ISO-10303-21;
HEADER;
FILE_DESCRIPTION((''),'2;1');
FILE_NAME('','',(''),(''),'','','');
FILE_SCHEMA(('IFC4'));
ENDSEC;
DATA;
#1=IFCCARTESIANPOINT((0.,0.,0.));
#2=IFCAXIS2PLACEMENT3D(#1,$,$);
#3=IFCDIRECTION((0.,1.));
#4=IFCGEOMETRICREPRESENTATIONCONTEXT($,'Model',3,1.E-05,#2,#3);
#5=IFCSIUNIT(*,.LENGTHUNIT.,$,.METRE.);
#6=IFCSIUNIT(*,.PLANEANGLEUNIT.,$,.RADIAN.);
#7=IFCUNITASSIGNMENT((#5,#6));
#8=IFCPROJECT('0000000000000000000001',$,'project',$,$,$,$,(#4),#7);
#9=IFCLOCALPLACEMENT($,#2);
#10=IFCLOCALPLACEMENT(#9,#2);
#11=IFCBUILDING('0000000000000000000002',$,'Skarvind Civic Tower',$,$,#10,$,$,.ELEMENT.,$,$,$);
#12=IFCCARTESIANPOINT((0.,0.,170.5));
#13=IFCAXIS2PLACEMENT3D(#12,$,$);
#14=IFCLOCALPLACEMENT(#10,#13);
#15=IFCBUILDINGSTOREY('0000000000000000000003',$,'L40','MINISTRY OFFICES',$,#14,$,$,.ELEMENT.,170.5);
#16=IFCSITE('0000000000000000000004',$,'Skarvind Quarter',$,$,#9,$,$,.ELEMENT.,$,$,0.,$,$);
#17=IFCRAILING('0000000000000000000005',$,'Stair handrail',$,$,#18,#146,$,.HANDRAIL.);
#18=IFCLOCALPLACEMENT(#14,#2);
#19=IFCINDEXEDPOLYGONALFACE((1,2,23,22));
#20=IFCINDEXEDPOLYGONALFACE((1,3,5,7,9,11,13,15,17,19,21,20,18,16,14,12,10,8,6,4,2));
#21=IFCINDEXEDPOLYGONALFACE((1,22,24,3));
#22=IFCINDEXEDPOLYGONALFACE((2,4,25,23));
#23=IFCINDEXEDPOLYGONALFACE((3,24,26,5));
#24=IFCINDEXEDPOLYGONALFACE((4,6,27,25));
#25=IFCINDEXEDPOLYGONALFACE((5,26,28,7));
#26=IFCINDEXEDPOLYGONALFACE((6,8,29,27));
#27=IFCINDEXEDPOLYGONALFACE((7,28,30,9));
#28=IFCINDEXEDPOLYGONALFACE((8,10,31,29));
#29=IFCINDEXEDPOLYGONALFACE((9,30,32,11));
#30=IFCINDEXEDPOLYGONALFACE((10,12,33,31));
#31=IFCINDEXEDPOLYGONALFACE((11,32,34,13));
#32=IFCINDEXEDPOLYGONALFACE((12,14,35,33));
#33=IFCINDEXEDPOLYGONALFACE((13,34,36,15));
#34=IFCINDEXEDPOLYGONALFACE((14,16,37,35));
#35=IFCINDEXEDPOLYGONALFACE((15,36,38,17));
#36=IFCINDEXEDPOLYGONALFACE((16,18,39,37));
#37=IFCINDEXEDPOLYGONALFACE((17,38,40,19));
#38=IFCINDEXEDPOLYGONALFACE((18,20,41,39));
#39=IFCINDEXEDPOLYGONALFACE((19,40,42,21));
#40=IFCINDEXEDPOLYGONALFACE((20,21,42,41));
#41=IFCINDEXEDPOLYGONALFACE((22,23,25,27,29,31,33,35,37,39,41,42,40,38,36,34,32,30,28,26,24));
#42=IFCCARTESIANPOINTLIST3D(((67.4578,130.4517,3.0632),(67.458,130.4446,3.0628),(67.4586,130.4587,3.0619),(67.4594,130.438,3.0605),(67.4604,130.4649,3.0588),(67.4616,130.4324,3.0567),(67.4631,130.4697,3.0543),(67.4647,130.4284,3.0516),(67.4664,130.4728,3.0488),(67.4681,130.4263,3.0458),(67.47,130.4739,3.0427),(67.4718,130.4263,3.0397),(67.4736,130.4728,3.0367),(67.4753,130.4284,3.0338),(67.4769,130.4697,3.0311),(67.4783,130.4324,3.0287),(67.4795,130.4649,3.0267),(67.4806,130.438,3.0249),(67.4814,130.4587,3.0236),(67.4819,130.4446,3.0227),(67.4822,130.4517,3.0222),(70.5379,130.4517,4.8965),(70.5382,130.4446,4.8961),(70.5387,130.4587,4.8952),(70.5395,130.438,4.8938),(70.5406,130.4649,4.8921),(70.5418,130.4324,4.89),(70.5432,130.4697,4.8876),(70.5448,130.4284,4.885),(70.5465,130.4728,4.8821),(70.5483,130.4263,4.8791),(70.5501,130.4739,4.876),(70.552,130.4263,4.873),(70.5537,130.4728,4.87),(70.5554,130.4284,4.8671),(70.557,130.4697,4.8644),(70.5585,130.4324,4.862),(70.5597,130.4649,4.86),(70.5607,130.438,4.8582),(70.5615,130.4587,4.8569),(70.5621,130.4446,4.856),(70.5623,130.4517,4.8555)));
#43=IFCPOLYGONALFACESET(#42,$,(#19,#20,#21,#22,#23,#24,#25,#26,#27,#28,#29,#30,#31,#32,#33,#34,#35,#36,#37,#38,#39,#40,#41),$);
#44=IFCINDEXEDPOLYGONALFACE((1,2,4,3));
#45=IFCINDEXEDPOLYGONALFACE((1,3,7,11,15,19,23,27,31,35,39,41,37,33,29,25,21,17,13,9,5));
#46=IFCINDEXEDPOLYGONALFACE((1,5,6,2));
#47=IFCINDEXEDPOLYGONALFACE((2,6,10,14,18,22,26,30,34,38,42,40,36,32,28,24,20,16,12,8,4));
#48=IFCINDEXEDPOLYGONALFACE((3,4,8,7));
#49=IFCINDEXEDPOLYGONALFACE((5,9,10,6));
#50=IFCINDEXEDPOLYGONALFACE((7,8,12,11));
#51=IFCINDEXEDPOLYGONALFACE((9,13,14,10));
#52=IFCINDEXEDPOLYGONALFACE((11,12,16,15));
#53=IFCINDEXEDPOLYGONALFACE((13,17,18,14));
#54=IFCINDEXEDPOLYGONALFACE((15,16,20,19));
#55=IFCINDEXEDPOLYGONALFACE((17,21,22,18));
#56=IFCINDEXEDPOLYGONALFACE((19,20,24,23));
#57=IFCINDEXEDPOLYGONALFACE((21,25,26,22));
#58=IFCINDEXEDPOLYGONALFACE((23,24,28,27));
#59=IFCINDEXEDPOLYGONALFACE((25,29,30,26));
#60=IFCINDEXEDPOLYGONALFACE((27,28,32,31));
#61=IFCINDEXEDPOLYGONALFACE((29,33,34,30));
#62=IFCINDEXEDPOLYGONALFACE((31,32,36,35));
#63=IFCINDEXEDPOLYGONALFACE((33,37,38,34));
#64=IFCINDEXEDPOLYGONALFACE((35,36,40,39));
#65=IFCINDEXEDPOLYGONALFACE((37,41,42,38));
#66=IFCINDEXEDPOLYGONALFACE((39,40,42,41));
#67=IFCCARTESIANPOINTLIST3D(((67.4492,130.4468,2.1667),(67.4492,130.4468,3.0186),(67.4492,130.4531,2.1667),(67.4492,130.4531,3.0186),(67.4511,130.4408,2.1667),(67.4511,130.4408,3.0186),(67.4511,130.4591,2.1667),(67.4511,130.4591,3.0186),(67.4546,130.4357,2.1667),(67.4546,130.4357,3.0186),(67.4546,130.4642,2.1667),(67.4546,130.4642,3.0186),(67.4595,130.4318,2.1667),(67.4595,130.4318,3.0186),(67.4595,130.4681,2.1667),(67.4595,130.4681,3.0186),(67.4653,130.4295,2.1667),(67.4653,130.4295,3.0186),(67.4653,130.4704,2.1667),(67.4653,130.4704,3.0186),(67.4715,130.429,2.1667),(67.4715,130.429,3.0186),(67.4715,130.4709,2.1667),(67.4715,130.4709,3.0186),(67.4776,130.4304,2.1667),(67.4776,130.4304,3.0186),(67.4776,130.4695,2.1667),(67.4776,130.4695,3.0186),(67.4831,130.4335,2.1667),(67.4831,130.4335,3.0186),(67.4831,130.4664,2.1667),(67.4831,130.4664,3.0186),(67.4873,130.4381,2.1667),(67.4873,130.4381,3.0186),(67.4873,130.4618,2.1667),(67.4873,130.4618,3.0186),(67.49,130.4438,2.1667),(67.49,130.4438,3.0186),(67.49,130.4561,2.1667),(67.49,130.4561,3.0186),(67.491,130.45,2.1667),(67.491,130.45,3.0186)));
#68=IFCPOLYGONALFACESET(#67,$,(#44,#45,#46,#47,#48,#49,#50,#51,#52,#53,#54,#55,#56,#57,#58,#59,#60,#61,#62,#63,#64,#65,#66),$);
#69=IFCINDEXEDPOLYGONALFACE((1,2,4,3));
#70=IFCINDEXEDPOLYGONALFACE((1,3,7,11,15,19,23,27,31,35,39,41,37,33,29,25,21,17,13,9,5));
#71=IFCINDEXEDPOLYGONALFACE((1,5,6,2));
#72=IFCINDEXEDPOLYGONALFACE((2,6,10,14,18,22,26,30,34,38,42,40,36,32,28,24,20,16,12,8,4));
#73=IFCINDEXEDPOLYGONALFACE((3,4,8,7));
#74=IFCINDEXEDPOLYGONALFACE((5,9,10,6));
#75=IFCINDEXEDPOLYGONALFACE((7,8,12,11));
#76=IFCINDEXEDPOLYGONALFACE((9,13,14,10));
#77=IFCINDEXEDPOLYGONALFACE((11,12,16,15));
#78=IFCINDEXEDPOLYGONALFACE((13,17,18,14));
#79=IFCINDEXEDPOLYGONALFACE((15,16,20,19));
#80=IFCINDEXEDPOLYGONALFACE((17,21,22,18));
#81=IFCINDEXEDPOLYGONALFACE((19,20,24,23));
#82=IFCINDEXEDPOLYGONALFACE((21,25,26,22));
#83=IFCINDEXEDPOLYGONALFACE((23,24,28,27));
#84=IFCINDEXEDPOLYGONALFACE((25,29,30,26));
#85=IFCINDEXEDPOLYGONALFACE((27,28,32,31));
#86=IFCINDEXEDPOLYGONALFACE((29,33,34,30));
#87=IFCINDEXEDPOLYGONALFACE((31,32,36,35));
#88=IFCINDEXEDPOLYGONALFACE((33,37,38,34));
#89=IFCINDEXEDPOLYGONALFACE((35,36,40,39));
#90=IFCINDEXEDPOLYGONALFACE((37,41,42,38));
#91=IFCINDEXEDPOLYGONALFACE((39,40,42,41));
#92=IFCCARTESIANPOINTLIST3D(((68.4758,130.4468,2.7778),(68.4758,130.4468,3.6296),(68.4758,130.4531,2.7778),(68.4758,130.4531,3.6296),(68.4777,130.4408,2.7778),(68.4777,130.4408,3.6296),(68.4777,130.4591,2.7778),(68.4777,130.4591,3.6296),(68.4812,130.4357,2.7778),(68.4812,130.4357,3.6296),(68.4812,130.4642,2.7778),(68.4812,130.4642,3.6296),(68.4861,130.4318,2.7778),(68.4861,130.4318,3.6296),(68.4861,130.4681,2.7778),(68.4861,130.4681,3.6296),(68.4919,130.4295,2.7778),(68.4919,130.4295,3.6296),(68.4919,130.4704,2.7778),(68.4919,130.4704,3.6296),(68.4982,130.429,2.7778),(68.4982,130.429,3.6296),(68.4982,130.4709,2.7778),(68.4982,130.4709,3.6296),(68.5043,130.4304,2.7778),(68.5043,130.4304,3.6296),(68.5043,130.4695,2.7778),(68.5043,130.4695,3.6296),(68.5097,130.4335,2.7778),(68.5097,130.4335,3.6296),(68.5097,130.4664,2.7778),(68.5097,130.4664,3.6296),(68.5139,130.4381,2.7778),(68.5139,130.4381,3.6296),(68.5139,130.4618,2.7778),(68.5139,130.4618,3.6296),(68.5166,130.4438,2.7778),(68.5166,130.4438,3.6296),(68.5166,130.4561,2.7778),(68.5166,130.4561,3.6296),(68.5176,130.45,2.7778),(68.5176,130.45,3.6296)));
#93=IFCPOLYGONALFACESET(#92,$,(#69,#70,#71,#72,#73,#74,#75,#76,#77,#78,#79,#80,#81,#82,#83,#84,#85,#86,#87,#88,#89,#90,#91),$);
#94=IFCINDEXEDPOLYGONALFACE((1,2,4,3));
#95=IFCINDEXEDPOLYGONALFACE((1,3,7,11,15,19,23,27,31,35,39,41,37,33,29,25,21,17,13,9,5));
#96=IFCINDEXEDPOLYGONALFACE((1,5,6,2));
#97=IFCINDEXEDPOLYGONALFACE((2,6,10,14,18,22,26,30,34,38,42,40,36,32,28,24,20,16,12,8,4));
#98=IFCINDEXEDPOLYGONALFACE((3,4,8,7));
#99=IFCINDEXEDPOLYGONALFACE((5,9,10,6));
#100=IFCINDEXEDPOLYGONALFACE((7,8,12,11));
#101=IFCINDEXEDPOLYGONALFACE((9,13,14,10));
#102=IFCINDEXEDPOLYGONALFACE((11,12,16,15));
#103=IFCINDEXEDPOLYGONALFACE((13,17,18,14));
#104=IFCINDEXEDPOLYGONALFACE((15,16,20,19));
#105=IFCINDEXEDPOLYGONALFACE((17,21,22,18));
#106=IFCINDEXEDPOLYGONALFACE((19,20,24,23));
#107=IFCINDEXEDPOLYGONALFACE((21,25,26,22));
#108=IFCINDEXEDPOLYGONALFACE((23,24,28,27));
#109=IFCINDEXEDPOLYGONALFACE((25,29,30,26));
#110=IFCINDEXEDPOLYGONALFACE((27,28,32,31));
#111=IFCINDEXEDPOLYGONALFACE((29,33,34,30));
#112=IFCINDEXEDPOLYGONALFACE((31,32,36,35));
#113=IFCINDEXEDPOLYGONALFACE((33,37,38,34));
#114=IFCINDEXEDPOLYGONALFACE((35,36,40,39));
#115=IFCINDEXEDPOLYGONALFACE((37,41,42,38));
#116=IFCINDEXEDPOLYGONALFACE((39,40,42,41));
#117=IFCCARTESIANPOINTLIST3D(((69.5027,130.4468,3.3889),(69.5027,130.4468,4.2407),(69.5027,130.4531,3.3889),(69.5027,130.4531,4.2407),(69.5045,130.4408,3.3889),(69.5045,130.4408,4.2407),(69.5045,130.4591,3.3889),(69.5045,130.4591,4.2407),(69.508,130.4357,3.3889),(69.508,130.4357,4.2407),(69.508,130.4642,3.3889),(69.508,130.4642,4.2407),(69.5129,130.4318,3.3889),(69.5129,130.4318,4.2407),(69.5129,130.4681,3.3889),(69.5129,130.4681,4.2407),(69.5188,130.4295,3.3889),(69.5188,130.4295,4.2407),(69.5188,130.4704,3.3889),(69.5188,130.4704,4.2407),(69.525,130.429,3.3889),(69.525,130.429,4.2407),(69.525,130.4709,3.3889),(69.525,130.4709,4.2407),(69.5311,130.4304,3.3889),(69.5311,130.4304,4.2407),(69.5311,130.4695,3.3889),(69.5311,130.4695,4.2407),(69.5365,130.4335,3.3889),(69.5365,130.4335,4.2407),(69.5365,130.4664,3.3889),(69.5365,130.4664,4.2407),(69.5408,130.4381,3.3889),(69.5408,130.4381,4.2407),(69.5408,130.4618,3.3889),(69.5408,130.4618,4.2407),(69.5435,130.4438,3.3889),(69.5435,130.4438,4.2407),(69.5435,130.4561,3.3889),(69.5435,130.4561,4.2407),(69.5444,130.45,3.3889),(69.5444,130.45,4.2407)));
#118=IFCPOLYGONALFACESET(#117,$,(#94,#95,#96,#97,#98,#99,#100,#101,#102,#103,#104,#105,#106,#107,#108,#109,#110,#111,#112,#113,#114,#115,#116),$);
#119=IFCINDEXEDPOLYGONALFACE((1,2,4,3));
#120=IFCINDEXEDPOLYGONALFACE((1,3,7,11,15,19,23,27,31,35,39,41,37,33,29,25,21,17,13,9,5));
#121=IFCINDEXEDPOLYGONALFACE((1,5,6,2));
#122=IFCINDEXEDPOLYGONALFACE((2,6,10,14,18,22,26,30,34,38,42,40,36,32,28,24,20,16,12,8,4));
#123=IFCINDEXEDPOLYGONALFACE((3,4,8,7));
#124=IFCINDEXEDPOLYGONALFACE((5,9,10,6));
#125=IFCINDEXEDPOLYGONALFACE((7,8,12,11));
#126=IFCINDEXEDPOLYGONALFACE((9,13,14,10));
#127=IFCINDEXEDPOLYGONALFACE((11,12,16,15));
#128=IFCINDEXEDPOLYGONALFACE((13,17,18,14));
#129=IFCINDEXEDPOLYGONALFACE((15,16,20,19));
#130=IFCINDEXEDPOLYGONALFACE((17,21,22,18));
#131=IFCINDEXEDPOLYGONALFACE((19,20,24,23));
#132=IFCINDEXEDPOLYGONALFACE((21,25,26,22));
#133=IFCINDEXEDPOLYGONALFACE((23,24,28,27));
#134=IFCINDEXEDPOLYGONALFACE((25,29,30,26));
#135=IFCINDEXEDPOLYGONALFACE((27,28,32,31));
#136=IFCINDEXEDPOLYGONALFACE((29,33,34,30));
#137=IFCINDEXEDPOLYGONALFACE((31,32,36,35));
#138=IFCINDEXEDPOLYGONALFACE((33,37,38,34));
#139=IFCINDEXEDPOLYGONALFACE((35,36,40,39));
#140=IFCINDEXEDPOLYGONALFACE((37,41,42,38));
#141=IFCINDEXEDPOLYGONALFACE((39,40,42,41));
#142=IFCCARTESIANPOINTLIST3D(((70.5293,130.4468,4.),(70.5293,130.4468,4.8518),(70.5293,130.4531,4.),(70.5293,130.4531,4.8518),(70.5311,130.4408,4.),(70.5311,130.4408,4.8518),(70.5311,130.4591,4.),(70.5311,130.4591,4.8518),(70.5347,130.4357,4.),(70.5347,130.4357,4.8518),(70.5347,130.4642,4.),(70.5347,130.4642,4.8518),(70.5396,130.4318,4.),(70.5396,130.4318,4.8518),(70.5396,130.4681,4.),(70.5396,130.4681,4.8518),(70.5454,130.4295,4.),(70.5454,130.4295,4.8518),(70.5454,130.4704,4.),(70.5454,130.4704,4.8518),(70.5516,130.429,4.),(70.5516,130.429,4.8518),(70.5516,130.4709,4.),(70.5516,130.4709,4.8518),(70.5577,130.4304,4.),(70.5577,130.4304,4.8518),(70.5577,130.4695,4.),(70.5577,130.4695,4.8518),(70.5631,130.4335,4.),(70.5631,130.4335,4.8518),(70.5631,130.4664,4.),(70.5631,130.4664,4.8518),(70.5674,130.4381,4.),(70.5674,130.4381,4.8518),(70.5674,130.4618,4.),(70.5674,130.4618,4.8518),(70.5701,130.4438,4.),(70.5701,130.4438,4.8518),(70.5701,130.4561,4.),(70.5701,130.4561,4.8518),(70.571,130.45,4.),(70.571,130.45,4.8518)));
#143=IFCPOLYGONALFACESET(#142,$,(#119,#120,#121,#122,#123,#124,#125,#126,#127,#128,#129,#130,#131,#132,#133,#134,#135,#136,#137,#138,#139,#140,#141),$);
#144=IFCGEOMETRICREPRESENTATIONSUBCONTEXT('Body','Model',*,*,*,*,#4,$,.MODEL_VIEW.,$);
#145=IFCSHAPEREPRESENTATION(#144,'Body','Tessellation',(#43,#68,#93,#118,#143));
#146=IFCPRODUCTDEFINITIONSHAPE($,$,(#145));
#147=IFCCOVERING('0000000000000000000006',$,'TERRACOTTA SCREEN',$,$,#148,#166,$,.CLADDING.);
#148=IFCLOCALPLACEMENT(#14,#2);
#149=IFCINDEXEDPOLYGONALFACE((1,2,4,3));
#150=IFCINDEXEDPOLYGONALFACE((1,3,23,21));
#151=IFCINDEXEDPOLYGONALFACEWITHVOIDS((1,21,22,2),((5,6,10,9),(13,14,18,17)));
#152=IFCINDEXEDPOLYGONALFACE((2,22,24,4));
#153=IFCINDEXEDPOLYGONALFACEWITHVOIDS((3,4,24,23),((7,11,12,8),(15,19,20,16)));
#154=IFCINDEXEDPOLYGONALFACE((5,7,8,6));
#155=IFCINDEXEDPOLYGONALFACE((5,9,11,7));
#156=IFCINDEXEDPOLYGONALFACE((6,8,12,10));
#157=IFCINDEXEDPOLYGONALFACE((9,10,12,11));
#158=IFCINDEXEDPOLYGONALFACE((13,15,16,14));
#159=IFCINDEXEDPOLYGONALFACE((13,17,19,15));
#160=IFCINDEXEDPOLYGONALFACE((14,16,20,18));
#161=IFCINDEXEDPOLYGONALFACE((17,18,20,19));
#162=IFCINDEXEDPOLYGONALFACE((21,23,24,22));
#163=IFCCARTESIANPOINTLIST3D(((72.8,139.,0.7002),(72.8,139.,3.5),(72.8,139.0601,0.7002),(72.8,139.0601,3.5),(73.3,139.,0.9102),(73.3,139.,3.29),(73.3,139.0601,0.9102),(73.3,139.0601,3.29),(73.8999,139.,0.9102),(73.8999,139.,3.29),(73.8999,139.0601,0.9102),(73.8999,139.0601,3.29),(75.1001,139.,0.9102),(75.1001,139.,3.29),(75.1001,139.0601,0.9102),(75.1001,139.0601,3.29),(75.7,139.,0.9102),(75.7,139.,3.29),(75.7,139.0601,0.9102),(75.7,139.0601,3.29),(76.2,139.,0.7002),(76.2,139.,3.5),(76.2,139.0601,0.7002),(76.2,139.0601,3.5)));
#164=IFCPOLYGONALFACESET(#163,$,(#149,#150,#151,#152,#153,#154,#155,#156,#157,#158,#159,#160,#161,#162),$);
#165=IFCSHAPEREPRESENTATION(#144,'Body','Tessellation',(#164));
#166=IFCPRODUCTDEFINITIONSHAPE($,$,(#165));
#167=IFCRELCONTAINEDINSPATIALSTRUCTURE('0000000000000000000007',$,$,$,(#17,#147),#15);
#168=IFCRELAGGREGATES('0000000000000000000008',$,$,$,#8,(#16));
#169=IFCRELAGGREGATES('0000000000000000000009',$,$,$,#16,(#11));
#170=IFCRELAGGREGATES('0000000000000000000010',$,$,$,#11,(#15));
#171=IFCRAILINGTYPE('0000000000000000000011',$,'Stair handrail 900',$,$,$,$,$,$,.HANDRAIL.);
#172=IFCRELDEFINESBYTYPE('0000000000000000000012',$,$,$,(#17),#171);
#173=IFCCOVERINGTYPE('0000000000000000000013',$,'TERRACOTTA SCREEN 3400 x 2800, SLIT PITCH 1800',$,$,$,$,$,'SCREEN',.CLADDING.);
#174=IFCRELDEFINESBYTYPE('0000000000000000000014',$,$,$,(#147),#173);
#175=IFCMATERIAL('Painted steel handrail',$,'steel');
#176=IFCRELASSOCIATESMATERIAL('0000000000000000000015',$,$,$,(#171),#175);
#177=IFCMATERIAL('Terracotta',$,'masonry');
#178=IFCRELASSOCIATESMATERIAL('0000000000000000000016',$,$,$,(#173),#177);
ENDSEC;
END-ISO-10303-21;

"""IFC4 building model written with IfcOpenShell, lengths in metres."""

from ifc_helpers import new_model, si_unit, direction, frame, origin, origin_2d, place, context, subcontext, project, spatial, polyline, circle, outline, extrude, material, material_profile, profile_set, type_object, element, save


model = new_model("IFC4")

# Units and contexts
model_context = context("Model", 3, precision=1e-05, world=origin(), true_north=direction((0.0, 1.0)))
body_context = subcontext(model_context, "Body", "Model", "MODEL_VIEW")
ifc_project = project(units=[si_unit("LENGTHUNIT", "METRE"), si_unit("PLANEANGLEUNIT", "RADIAN")], contexts=[model_context])

# Site, building, storey
site_placement = place(None, origin())
site = spatial("IfcSite", under=ifc_project, at=site_placement, Name="Skarvind Quarter", CompositionType="ELEMENT", RefElevation=0.0)
building_placement = place(site_placement, origin())
building = spatial("IfcBuilding", under=site, at=building_placement, Name="Skarvind Civic Tower", CompositionType="ELEMENT")
storey_placement = place(building_placement, frame((0.0, 0.0, 170.5)))
storey = spatial("IfcBuildingStorey", under=building, at=storey_placement, Name="L40", Description="MINISTRY OFFICES", CompositionType="ELEMENT", Elevation=170.5)

# Railing
ifc_material_1 = material(Name="Painted steel handrail", Category="steel")
railing_type = type_object("IfcRailingType", Name="Stair handrail 900", PredefinedType="HANDRAIL", material=ifc_material_1)
railing_1_placement = place(storey_placement, frame((67.47, 130.45, 2.1667)))
element("IfcRailing", 1, at=railing_1_placement, inside=storey, type_object=railing_type, Name="Stair handrail", PredefinedType="HANDRAIL", context=body_context, shape_type="SweptSolid", body=[
    extrude(circle(Radius=0.0239, at=origin_2d()), frame((0.0, 0.0, 0.876), z_axis=(0.859309, 0.0, 0.511458), x_axis=(0.0, 1.0, 0.0)), (0.0, 0.0, 1.0), 3.5845),
    extrude(circle(Radius=0.021, at=origin_2d()), origin(), (0.0, 0.0, 1.0), 0.8518),
    extrude(circle(Radius=0.021, at=origin_2d()), frame((1.0266, 0.0, 0.6111)), (0.0, 0.0, 1.0), 0.8518),
    extrude(circle(Radius=0.021, at=origin_2d()), frame((2.0535, 0.0, 1.2222)), (0.0, 0.0, 1.0), 0.8518),
    extrude(circle(Radius=0.021, at=origin_2d()), frame((3.0801, 0.0, 1.8333)), (0.0, 0.0, 1.0), 0.8518),
])

# Covering
ifc_material_2 = material(Name="Terracotta", Category="masonry")
ifc_material_profile_1 = material_profile(ifc_material_2, outline(polyline([(-1.7, -1.3999), (1.7, -1.3999), (1.7, 1.3999), (-1.7, 1.3999), (-1.7, -1.3999)]), holes=[polyline([(-1.2, -1.1899), (-0.6001, -1.1899), (-0.6001, 1.1899), (-1.2, 1.1899), (-1.2, -1.1899)]), polyline([(0.6001, -1.1899), (1.2, -1.1899), (1.2, 1.1899), (0.6001, 1.1899), (0.6001, -1.1899)])]), Name="TERRACOTTA SCREEN 3400 x 2800, SLIT PITCH 1800")
ifc_profile_set_1 = profile_set([ifc_material_profile_1], Name="Terracotta")
covering_type = type_object("IfcCoveringType", Name="TERRACOTTA SCREEN 3400 x 2800, SLIT PITCH 1800", ElementType="SCREEN", PredefinedType="CLADDING", material=ifc_profile_set_1)
covering_placement = place(storey_placement, frame((74.5, 139.0, 2.1001), z_axis=(0.0, 1.0, 0.0), x_axis=(-1.0, 0.0, 0.0)))
element("IfcCovering", 2, at=covering_placement, inside=storey, type_object=covering_type, Name="TERRACOTTA SCREEN", PredefinedType="CLADDING", context=body_context, shape_type="SweptSolid", body=[
    extrude(outline(polyline([(-1.7, -1.3999), (1.7, -1.3999), (1.7, 1.3999), (-1.7, 1.3999), (-1.7, -1.3999)]), holes=[polyline([(-1.2, -1.1899), (-0.6001, -1.1899), (-0.6001, 1.1899), (-1.2, 1.1899), (-1.2, -1.1899)]), polyline([(0.6001, -1.1899), (1.2, -1.1899), (1.2, 1.1899), (0.6001, 1.1899), (0.6001, -1.1899)])]), origin(), (0.0, 0.0, 1.0), 0.0601),
])

save(model, "model.ifc")
